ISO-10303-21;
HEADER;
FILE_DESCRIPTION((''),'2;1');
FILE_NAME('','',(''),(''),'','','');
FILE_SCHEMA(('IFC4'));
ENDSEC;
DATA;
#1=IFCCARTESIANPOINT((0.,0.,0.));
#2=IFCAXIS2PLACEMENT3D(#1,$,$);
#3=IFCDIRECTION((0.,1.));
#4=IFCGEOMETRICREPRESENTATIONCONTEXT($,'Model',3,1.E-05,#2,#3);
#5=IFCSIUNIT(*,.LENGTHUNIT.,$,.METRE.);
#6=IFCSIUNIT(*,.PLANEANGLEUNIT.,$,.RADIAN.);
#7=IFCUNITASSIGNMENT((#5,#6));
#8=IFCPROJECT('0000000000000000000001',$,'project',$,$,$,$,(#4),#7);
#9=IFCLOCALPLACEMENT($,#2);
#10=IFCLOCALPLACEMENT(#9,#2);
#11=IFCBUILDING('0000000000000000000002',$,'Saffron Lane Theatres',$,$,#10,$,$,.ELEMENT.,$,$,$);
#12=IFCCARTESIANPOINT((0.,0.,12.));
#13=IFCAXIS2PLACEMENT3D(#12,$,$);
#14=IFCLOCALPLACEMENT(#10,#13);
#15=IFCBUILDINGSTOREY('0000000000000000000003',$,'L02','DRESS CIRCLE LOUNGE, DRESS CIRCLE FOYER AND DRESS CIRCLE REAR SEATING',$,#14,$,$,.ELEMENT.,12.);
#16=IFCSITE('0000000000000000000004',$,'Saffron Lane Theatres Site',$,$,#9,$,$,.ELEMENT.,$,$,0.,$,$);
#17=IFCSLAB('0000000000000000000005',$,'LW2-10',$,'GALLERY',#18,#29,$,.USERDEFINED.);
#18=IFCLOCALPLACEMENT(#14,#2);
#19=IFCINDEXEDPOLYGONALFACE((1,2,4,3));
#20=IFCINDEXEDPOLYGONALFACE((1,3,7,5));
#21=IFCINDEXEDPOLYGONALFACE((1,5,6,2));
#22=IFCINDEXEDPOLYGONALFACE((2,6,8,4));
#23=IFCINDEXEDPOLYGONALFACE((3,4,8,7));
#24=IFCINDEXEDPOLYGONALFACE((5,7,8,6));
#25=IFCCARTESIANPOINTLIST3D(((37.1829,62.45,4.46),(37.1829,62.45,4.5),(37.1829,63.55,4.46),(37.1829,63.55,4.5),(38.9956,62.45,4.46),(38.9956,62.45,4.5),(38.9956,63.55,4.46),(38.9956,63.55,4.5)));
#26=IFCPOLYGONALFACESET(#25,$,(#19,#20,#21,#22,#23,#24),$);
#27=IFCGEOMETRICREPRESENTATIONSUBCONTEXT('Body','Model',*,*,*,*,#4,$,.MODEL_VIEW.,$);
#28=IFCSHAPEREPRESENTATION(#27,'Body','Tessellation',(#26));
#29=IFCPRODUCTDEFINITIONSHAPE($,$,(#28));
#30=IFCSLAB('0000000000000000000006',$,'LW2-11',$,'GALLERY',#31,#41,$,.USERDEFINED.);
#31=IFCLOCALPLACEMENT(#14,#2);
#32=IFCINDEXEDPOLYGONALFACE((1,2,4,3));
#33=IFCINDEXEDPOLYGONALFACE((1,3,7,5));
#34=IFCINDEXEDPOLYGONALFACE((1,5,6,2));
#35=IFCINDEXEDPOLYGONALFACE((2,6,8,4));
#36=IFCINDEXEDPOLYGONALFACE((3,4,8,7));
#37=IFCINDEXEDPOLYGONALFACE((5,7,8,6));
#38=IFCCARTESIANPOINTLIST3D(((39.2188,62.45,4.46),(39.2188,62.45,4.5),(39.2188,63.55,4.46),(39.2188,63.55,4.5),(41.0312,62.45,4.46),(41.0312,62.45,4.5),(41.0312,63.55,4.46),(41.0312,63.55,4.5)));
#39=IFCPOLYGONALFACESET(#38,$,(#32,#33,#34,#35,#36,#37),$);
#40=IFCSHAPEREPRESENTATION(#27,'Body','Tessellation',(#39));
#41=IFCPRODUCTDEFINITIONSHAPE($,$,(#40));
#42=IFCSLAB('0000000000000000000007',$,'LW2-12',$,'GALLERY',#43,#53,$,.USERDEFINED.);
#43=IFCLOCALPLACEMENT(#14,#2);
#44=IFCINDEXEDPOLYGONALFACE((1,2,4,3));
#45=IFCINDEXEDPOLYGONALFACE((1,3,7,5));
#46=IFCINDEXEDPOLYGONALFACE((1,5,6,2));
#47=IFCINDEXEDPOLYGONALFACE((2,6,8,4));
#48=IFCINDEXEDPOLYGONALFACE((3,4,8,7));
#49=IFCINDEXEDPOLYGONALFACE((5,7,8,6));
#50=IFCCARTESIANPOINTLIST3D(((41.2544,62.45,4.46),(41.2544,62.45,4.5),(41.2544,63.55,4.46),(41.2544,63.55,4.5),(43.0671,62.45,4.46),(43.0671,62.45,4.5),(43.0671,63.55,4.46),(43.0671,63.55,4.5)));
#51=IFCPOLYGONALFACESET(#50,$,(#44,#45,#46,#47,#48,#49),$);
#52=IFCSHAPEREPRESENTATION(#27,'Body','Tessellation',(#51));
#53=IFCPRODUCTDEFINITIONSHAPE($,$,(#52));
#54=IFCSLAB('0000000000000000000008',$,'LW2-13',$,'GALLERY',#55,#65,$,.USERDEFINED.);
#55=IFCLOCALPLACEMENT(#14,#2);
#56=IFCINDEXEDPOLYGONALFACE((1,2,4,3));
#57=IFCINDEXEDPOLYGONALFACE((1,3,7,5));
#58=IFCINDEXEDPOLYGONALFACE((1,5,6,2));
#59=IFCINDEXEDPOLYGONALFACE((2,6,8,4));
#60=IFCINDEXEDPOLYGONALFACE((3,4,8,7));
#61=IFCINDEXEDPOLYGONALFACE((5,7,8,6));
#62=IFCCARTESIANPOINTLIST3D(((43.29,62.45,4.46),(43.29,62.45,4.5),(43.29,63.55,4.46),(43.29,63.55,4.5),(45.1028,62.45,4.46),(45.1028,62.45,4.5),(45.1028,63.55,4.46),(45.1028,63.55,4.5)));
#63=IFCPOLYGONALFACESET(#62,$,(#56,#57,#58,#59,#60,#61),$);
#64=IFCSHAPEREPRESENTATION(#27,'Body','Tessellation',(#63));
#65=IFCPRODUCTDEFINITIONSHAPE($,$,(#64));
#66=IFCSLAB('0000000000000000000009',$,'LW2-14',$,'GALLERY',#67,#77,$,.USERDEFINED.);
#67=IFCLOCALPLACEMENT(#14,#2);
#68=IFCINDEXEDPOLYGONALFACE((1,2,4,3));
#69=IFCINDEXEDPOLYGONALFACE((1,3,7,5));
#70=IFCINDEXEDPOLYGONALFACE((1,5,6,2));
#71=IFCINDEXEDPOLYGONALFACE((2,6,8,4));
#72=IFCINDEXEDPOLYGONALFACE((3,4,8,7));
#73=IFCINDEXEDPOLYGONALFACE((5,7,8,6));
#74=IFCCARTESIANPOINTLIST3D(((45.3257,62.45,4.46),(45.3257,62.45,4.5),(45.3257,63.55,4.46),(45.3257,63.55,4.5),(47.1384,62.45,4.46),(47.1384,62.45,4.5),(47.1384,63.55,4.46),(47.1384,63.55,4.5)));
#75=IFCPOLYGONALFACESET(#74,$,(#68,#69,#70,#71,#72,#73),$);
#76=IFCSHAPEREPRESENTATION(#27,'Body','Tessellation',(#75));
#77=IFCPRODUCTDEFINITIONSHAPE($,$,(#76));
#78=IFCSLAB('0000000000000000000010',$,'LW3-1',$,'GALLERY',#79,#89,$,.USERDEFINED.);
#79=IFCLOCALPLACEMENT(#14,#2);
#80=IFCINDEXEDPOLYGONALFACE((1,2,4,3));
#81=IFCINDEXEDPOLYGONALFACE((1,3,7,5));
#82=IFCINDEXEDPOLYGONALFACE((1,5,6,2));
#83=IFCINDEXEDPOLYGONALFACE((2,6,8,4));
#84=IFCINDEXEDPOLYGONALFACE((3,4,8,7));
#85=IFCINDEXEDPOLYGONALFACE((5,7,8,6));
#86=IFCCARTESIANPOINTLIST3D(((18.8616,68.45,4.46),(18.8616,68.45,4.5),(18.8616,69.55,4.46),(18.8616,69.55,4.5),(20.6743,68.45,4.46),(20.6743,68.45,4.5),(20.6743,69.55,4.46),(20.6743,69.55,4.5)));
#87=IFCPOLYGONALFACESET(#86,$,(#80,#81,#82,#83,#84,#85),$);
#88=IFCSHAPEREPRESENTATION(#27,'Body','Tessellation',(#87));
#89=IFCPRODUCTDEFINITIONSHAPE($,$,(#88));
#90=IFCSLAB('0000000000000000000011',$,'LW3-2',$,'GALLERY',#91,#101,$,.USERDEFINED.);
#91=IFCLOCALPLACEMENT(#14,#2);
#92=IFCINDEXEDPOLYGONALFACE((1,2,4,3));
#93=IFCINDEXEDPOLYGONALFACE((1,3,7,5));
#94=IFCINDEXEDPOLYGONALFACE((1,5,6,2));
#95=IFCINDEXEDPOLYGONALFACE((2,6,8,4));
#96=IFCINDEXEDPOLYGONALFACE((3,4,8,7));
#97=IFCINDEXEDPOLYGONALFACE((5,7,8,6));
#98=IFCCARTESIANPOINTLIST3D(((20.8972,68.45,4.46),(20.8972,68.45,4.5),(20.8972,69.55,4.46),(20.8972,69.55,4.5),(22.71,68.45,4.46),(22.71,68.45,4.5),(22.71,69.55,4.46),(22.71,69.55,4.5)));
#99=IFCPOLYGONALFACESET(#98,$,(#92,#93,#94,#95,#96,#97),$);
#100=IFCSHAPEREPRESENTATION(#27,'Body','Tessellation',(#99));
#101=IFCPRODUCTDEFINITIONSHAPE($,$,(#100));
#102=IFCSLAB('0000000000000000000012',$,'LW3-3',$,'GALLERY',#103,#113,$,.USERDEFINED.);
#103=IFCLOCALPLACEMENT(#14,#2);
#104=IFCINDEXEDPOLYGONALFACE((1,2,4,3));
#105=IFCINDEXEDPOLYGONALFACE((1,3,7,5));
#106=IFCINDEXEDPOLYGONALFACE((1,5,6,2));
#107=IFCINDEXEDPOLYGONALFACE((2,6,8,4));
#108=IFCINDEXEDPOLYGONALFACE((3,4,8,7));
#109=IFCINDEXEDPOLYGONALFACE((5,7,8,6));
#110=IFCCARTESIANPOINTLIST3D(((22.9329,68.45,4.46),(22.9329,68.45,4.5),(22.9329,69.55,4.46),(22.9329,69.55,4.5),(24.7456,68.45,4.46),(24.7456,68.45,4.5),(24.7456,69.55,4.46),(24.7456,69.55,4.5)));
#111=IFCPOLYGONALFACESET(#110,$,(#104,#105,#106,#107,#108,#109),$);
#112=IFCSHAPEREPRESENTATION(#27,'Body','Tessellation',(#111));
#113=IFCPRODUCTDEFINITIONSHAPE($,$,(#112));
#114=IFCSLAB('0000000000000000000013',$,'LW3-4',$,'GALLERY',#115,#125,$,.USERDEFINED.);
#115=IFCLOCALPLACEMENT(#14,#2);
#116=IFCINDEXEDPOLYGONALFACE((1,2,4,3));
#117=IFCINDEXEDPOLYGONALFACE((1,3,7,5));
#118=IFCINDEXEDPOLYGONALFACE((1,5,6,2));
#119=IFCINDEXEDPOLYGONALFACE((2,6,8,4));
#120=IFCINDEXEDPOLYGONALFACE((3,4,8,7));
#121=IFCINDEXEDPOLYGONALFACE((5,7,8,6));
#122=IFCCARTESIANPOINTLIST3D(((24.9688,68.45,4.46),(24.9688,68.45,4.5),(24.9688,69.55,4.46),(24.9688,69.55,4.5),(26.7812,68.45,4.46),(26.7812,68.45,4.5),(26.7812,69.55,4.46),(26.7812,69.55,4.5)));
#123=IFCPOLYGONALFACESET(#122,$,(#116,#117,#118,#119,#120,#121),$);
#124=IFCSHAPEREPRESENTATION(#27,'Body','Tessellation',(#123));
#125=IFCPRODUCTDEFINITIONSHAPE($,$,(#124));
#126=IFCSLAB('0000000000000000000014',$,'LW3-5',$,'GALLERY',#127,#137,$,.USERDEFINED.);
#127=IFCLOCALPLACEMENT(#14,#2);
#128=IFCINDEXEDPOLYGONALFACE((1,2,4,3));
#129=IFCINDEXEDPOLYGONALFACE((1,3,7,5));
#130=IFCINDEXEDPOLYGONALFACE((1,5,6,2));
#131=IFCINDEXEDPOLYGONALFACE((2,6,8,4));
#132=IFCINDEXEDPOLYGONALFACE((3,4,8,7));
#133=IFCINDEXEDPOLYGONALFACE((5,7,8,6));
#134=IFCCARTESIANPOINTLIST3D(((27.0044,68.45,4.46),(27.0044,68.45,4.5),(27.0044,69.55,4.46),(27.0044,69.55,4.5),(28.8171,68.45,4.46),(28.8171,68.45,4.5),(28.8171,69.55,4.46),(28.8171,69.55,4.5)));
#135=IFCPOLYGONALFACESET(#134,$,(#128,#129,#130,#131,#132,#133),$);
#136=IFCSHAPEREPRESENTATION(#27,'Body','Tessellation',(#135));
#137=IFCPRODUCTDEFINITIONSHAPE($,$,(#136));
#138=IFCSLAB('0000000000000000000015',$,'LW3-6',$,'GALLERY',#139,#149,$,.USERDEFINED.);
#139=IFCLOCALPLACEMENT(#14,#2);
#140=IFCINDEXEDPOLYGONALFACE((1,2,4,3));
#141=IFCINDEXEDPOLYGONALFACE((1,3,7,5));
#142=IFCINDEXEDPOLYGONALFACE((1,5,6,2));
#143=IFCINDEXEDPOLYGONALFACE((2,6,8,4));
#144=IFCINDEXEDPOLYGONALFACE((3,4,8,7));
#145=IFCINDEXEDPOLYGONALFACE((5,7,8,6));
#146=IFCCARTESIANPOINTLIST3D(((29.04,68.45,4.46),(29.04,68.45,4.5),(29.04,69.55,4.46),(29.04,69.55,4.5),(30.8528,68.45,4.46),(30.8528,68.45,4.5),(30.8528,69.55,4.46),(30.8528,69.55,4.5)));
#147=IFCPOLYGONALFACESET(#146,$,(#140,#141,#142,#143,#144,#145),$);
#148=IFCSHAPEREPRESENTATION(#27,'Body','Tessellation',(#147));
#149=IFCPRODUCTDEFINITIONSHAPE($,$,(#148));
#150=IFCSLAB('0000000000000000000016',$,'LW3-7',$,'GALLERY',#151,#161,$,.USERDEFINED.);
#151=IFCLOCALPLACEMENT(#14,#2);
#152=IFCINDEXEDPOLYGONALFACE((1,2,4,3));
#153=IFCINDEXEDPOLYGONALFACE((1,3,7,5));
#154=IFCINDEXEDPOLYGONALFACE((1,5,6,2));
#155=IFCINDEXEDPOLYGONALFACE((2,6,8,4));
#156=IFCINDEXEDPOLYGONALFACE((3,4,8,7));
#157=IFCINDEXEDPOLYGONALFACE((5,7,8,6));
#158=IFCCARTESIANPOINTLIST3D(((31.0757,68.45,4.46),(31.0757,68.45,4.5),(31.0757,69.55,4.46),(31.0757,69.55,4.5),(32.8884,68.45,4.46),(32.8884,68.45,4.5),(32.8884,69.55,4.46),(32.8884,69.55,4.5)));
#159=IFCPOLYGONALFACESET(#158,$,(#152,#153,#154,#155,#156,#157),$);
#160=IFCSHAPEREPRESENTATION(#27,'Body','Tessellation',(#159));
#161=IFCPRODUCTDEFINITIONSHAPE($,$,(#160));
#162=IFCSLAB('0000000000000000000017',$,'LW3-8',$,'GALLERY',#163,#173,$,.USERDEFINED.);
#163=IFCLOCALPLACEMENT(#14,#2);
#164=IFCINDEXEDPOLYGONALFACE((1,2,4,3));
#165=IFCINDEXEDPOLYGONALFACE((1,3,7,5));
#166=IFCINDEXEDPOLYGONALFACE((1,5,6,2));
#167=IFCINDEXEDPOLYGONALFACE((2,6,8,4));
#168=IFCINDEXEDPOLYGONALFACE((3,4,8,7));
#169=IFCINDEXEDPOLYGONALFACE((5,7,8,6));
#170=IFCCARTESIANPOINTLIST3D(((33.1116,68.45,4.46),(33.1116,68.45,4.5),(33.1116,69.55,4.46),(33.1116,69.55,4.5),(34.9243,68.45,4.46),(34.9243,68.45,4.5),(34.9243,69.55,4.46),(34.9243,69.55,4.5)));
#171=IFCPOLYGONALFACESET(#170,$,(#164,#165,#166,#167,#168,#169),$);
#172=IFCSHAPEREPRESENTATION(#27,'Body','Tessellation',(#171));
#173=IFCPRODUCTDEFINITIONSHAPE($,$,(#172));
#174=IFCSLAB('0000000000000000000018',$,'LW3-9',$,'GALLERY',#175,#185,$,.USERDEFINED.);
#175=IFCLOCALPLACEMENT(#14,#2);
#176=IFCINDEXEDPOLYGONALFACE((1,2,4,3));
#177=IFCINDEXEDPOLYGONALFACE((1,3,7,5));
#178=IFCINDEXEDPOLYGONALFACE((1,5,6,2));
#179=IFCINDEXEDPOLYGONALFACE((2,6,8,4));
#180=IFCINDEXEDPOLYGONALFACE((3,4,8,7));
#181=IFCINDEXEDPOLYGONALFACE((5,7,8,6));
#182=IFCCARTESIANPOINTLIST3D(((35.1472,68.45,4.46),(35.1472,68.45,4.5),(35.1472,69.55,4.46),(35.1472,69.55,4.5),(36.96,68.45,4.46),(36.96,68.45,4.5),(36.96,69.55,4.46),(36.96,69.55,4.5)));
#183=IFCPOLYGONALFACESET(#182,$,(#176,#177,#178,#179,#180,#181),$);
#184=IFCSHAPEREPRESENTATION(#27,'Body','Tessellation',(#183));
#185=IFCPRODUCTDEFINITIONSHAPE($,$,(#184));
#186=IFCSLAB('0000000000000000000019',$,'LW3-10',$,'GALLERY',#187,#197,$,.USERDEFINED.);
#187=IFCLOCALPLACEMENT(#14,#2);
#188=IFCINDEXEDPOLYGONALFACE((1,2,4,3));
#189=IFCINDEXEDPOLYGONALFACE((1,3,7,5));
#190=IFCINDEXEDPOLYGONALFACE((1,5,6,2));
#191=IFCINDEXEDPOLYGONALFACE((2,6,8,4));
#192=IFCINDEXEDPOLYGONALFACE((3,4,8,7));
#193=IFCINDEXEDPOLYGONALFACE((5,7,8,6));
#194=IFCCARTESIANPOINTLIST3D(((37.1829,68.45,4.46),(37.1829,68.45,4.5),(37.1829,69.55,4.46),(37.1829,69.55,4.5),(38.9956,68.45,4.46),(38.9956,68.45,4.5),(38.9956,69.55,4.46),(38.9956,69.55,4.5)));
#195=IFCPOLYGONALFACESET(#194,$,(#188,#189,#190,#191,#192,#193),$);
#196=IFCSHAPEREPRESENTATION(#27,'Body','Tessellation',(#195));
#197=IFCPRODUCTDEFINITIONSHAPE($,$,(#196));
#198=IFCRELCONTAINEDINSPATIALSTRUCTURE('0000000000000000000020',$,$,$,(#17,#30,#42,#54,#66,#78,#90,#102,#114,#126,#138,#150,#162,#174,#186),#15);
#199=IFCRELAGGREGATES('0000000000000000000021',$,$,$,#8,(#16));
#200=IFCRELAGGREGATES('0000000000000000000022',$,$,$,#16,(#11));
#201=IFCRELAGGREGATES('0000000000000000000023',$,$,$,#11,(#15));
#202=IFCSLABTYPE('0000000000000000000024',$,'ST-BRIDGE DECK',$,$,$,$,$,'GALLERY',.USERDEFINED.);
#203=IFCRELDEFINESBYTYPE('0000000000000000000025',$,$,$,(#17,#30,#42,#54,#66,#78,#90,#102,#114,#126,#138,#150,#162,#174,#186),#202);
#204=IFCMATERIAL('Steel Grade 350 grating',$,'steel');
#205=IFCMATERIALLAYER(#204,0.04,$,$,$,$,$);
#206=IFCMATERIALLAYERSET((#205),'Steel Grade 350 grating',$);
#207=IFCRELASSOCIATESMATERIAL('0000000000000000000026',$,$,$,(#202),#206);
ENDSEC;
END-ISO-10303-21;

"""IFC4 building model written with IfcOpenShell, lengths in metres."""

from ifc_helpers import new_model, si_unit, direction, frame, origin, place, context, subcontext, project, spatial, polyline, outline, extrude, material, layer, layer_set, type_object, element, save


model = new_model("IFC4")

# Units and contexts
model_context = context("Model", 3, precision=1e-05, world=origin(), true_north=direction((0.0, 1.0)))
body_context = subcontext(model_context, "Body", "Model", "MODEL_VIEW")
ifc_project = project(units=[si_unit("LENGTHUNIT", "METRE"), si_unit("PLANEANGLEUNIT", "RADIAN")], contexts=[model_context])

# Site, building, storey
site_placement = place(None, origin())
site = spatial("IfcSite", under=ifc_project, at=site_placement, Name="Saffron Lane Theatres Site", CompositionType="ELEMENT", RefElevation=0.0)
building_placement = place(site_placement, origin())
building = spatial("IfcBuilding", under=site, at=building_placement, Name="Saffron Lane Theatres", CompositionType="ELEMENT")
storey_placement = place(building_placement, frame((0.0, 0.0, 12.0)))
storey = spatial("IfcBuildingStorey", under=building, at=storey_placement, Name="L02", Description="DRESS CIRCLE LOUNGE, DRESS CIRCLE FOYER AND DRESS CIRCLE REAR SEATING", CompositionType="ELEMENT", Elevation=12.0)

# Slabs
ifc_material = material(Name="Steel Grade 350 grating", Category="steel")
ifc_layer = layer(ifc_material, 0.04)
ifc_layer_set = layer_set([ifc_layer], Name="Steel Grade 350 grating")
slab_type = type_object("IfcSlabType", Name="ST-BRIDGE DECK", ElementType="GALLERY", PredefinedType="USERDEFINED", material=ifc_layer_set)
slab_1_placement = place(storey_placement, frame((0.0, 0.0, 4.46)))
element("IfcSlab", 1, at=slab_1_placement, inside=storey, type_object=slab_type, Name="LW2-10", ObjectType="GALLERY", PredefinedType="USERDEFINED", context=body_context, shape_type="SweptSolid", body=[
    extrude(outline(polyline([(37.1829, 62.45), (38.9956, 62.45), (38.9956, 63.55), (37.1829, 63.55), (37.1829, 62.45)])), origin(), (0.0, 0.0, 1.0), 0.04),
])
slab_2_placement = place(storey_placement, frame((0.0, 0.0, 4.46)))
element("IfcSlab", 2, at=slab_2_placement, inside=storey, type_object=slab_type, Name="LW2-11", ObjectType="GALLERY", PredefinedType="USERDEFINED", context=body_context, shape_type="SweptSolid", body=[
    extrude(outline(polyline([(39.2188, 62.45), (41.0312, 62.45), (41.0312, 63.55), (39.2188, 63.55), (39.2188, 62.45)])), origin(), (0.0, 0.0, 1.0), 0.04),
])
slab_3_placement = place(storey_placement, frame((0.0, 0.0, 4.46)))
element("IfcSlab", 3, at=slab_3_placement, inside=storey, type_object=slab_type, Name="LW2-12", ObjectType="GALLERY", PredefinedType="USERDEFINED", context=body_context, shape_type="SweptSolid", body=[
    extrude(outline(polyline([(41.2544, 62.45), (43.0671, 62.45), (43.0671, 63.55), (41.2544, 63.55), (41.2544, 62.45)])), origin(), (0.0, 0.0, 1.0), 0.04),
])
slab_4_placement = place(storey_placement, frame((0.0, 0.0, 4.46)))
element("IfcSlab", 4, at=slab_4_placement, inside=storey, type_object=slab_type, Name="LW2-13", ObjectType="GALLERY", PredefinedType="USERDEFINED", context=body_context, shape_type="SweptSolid", body=[
    extrude(outline(polyline([(43.29, 62.45), (45.1028, 62.45), (45.1028, 63.55), (43.29, 63.55), (43.29, 62.45)])), origin(), (0.0, 0.0, 1.0), 0.04),
])
slab_5_placement = place(storey_placement, frame((0.0, 0.0, 4.46)))
element("IfcSlab", 5, at=slab_5_placement, inside=storey, type_object=slab_type, Name="LW2-14", ObjectType="GALLERY", PredefinedType="USERDEFINED", context=body_context, shape_type="SweptSolid", body=[
    extrude(outline(polyline([(45.3257, 62.45), (47.1384, 62.45), (47.1384, 63.55), (45.3257, 63.55), (45.3257, 62.45)])), origin(), (0.0, 0.0, 1.0), 0.04),
])
slab_6_placement = place(storey_placement, frame((0.0, 0.0, 4.46)))
element("IfcSlab", 6, at=slab_6_placement, inside=storey, type_object=slab_type, Name="LW3-1", ObjectType="GALLERY", PredefinedType="USERDEFINED", context=body_context, shape_type="SweptSolid", body=[
    extrude(outline(polyline([(18.8616, 68.45), (20.6743, 68.45), (20.6743, 69.55), (18.8616, 69.55), (18.8616, 68.45)])), origin(), (0.0, 0.0, 1.0), 0.04),
])
slab_7_placement = place(storey_placement, frame((0.0, 0.0, 4.46)))
element("IfcSlab", 7, at=slab_7_placement, inside=storey, type_object=slab_type, Name="LW3-2", ObjectType="GALLERY", PredefinedType="USERDEFINED", context=body_context, shape_type="SweptSolid", body=[
    extrude(outline(polyline([(20.8972, 68.45), (22.71, 68.45), (22.71, 69.55), (20.8972, 69.55), (20.8972, 68.45)])), origin(), (0.0, 0.0, 1.0), 0.04),
])
slab_8_placement = place(storey_placement, frame((0.0, 0.0, 4.46)))
element("IfcSlab", 8, at=slab_8_placement, inside=storey, type_object=slab_type, Name="LW3-3", ObjectType="GALLERY", PredefinedType="USERDEFINED", context=body_context, shape_type="SweptSolid", body=[
    extrude(outline(polyline([(22.9329, 68.45), (24.7456, 68.45), (24.7456, 69.55), (22.9329, 69.55), (22.9329, 68.45)])), origin(), (0.0, 0.0, 1.0), 0.04),
])
slab_9_placement = place(storey_placement, frame((0.0, 0.0, 4.46)))
element("IfcSlab", 9, at=slab_9_placement, inside=storey, type_object=slab_type, Name="LW3-4", ObjectType="GALLERY", PredefinedType="USERDEFINED", context=body_context, shape_type="SweptSolid", body=[
    extrude(outline(polyline([(24.9688, 68.45), (26.7812, 68.45), (26.7812, 69.55), (24.9688, 69.55), (24.9688, 68.45)])), origin(), (0.0, 0.0, 1.0), 0.04),
])
slab_10_placement = place(storey_placement, frame((0.0, 0.0, 4.46)))
element("IfcSlab", 10, at=slab_10_placement, inside=storey, type_object=slab_type, Name="LW3-5", ObjectType="GALLERY", PredefinedType="USERDEFINED", context=body_context, shape_type="SweptSolid", body=[
    extrude(outline(polyline([(27.0044, 68.45), (28.8171, 68.45), (28.8171, 69.55), (27.0044, 69.55), (27.0044, 68.45)])), origin(), (0.0, 0.0, 1.0), 0.04),
])
slab_11_placement = place(storey_placement, frame((0.0, 0.0, 4.46)))
element("IfcSlab", 11, at=slab_11_placement, inside=storey, type_object=slab_type, Name="LW3-6", ObjectType="GALLERY", PredefinedType="USERDEFINED", context=body_context, shape_type="SweptSolid", body=[
    extrude(outline(polyline([(29.04, 68.45), (30.8528, 68.45), (30.8528, 69.55), (29.04, 69.55), (29.04, 68.45)])), origin(), (0.0, 0.0, 1.0), 0.04),
])
slab_12_placement = place(storey_placement, frame((0.0, 0.0, 4.46)))
element("IfcSlab", 12, at=slab_12_placement, inside=storey, type_object=slab_type, Name="LW3-7", ObjectType="GALLERY", PredefinedType="USERDEFINED", context=body_context, shape_type="SweptSolid", body=[
    extrude(outline(polyline([(31.0757, 68.45), (32.8884, 68.45), (32.8884, 69.55), (31.0757, 69.55), (31.0757, 68.45)])), origin(), (0.0, 0.0, 1.0), 0.04),
])
slab_13_placement = place(storey_placement, frame((0.0, 0.0, 4.46)))
element("IfcSlab", 13, at=slab_13_placement, inside=storey, type_object=slab_type, Name="LW3-8", ObjectType="GALLERY", PredefinedType="USERDEFINED", context=body_context, shape_type="SweptSolid", body=[
    extrude(outline(polyline([(33.1116, 68.45), (34.9243, 68.45), (34.9243, 69.55), (33.1116, 69.55), (33.1116, 68.45)])), origin(), (0.0, 0.0, 1.0), 0.04),
])
slab_14_placement = place(storey_placement, frame((0.0, 0.0, 4.46)))
element("IfcSlab", 14, at=slab_14_placement, inside=storey, type_object=slab_type, Name="LW3-9", ObjectType="GALLERY", PredefinedType="USERDEFINED", context=body_context, shape_type="SweptSolid", body=[
    extrude(outline(polyline([(35.1472, 68.45), (36.96, 68.45), (36.96, 69.55), (35.1472, 69.55), (35.1472, 68.45)])), origin(), (0.0, 0.0, 1.0), 0.04),
])
slab_15_placement = place(storey_placement, frame((0.0, 0.0, 4.46)))
element("IfcSlab", 15, at=slab_15_placement, inside=storey, type_object=slab_type, Name="LW3-10", ObjectType="GALLERY", PredefinedType="USERDEFINED", context=body_context, shape_type="SweptSolid", body=[
    extrude(outline(polyline([(37.1829, 68.45), (38.9956, 68.45), (38.9956, 69.55), (37.1829, 69.55), (37.1829, 68.45)])), origin(), (0.0, 0.0, 1.0), 0.04),
])

save(model, "model.ifc")
